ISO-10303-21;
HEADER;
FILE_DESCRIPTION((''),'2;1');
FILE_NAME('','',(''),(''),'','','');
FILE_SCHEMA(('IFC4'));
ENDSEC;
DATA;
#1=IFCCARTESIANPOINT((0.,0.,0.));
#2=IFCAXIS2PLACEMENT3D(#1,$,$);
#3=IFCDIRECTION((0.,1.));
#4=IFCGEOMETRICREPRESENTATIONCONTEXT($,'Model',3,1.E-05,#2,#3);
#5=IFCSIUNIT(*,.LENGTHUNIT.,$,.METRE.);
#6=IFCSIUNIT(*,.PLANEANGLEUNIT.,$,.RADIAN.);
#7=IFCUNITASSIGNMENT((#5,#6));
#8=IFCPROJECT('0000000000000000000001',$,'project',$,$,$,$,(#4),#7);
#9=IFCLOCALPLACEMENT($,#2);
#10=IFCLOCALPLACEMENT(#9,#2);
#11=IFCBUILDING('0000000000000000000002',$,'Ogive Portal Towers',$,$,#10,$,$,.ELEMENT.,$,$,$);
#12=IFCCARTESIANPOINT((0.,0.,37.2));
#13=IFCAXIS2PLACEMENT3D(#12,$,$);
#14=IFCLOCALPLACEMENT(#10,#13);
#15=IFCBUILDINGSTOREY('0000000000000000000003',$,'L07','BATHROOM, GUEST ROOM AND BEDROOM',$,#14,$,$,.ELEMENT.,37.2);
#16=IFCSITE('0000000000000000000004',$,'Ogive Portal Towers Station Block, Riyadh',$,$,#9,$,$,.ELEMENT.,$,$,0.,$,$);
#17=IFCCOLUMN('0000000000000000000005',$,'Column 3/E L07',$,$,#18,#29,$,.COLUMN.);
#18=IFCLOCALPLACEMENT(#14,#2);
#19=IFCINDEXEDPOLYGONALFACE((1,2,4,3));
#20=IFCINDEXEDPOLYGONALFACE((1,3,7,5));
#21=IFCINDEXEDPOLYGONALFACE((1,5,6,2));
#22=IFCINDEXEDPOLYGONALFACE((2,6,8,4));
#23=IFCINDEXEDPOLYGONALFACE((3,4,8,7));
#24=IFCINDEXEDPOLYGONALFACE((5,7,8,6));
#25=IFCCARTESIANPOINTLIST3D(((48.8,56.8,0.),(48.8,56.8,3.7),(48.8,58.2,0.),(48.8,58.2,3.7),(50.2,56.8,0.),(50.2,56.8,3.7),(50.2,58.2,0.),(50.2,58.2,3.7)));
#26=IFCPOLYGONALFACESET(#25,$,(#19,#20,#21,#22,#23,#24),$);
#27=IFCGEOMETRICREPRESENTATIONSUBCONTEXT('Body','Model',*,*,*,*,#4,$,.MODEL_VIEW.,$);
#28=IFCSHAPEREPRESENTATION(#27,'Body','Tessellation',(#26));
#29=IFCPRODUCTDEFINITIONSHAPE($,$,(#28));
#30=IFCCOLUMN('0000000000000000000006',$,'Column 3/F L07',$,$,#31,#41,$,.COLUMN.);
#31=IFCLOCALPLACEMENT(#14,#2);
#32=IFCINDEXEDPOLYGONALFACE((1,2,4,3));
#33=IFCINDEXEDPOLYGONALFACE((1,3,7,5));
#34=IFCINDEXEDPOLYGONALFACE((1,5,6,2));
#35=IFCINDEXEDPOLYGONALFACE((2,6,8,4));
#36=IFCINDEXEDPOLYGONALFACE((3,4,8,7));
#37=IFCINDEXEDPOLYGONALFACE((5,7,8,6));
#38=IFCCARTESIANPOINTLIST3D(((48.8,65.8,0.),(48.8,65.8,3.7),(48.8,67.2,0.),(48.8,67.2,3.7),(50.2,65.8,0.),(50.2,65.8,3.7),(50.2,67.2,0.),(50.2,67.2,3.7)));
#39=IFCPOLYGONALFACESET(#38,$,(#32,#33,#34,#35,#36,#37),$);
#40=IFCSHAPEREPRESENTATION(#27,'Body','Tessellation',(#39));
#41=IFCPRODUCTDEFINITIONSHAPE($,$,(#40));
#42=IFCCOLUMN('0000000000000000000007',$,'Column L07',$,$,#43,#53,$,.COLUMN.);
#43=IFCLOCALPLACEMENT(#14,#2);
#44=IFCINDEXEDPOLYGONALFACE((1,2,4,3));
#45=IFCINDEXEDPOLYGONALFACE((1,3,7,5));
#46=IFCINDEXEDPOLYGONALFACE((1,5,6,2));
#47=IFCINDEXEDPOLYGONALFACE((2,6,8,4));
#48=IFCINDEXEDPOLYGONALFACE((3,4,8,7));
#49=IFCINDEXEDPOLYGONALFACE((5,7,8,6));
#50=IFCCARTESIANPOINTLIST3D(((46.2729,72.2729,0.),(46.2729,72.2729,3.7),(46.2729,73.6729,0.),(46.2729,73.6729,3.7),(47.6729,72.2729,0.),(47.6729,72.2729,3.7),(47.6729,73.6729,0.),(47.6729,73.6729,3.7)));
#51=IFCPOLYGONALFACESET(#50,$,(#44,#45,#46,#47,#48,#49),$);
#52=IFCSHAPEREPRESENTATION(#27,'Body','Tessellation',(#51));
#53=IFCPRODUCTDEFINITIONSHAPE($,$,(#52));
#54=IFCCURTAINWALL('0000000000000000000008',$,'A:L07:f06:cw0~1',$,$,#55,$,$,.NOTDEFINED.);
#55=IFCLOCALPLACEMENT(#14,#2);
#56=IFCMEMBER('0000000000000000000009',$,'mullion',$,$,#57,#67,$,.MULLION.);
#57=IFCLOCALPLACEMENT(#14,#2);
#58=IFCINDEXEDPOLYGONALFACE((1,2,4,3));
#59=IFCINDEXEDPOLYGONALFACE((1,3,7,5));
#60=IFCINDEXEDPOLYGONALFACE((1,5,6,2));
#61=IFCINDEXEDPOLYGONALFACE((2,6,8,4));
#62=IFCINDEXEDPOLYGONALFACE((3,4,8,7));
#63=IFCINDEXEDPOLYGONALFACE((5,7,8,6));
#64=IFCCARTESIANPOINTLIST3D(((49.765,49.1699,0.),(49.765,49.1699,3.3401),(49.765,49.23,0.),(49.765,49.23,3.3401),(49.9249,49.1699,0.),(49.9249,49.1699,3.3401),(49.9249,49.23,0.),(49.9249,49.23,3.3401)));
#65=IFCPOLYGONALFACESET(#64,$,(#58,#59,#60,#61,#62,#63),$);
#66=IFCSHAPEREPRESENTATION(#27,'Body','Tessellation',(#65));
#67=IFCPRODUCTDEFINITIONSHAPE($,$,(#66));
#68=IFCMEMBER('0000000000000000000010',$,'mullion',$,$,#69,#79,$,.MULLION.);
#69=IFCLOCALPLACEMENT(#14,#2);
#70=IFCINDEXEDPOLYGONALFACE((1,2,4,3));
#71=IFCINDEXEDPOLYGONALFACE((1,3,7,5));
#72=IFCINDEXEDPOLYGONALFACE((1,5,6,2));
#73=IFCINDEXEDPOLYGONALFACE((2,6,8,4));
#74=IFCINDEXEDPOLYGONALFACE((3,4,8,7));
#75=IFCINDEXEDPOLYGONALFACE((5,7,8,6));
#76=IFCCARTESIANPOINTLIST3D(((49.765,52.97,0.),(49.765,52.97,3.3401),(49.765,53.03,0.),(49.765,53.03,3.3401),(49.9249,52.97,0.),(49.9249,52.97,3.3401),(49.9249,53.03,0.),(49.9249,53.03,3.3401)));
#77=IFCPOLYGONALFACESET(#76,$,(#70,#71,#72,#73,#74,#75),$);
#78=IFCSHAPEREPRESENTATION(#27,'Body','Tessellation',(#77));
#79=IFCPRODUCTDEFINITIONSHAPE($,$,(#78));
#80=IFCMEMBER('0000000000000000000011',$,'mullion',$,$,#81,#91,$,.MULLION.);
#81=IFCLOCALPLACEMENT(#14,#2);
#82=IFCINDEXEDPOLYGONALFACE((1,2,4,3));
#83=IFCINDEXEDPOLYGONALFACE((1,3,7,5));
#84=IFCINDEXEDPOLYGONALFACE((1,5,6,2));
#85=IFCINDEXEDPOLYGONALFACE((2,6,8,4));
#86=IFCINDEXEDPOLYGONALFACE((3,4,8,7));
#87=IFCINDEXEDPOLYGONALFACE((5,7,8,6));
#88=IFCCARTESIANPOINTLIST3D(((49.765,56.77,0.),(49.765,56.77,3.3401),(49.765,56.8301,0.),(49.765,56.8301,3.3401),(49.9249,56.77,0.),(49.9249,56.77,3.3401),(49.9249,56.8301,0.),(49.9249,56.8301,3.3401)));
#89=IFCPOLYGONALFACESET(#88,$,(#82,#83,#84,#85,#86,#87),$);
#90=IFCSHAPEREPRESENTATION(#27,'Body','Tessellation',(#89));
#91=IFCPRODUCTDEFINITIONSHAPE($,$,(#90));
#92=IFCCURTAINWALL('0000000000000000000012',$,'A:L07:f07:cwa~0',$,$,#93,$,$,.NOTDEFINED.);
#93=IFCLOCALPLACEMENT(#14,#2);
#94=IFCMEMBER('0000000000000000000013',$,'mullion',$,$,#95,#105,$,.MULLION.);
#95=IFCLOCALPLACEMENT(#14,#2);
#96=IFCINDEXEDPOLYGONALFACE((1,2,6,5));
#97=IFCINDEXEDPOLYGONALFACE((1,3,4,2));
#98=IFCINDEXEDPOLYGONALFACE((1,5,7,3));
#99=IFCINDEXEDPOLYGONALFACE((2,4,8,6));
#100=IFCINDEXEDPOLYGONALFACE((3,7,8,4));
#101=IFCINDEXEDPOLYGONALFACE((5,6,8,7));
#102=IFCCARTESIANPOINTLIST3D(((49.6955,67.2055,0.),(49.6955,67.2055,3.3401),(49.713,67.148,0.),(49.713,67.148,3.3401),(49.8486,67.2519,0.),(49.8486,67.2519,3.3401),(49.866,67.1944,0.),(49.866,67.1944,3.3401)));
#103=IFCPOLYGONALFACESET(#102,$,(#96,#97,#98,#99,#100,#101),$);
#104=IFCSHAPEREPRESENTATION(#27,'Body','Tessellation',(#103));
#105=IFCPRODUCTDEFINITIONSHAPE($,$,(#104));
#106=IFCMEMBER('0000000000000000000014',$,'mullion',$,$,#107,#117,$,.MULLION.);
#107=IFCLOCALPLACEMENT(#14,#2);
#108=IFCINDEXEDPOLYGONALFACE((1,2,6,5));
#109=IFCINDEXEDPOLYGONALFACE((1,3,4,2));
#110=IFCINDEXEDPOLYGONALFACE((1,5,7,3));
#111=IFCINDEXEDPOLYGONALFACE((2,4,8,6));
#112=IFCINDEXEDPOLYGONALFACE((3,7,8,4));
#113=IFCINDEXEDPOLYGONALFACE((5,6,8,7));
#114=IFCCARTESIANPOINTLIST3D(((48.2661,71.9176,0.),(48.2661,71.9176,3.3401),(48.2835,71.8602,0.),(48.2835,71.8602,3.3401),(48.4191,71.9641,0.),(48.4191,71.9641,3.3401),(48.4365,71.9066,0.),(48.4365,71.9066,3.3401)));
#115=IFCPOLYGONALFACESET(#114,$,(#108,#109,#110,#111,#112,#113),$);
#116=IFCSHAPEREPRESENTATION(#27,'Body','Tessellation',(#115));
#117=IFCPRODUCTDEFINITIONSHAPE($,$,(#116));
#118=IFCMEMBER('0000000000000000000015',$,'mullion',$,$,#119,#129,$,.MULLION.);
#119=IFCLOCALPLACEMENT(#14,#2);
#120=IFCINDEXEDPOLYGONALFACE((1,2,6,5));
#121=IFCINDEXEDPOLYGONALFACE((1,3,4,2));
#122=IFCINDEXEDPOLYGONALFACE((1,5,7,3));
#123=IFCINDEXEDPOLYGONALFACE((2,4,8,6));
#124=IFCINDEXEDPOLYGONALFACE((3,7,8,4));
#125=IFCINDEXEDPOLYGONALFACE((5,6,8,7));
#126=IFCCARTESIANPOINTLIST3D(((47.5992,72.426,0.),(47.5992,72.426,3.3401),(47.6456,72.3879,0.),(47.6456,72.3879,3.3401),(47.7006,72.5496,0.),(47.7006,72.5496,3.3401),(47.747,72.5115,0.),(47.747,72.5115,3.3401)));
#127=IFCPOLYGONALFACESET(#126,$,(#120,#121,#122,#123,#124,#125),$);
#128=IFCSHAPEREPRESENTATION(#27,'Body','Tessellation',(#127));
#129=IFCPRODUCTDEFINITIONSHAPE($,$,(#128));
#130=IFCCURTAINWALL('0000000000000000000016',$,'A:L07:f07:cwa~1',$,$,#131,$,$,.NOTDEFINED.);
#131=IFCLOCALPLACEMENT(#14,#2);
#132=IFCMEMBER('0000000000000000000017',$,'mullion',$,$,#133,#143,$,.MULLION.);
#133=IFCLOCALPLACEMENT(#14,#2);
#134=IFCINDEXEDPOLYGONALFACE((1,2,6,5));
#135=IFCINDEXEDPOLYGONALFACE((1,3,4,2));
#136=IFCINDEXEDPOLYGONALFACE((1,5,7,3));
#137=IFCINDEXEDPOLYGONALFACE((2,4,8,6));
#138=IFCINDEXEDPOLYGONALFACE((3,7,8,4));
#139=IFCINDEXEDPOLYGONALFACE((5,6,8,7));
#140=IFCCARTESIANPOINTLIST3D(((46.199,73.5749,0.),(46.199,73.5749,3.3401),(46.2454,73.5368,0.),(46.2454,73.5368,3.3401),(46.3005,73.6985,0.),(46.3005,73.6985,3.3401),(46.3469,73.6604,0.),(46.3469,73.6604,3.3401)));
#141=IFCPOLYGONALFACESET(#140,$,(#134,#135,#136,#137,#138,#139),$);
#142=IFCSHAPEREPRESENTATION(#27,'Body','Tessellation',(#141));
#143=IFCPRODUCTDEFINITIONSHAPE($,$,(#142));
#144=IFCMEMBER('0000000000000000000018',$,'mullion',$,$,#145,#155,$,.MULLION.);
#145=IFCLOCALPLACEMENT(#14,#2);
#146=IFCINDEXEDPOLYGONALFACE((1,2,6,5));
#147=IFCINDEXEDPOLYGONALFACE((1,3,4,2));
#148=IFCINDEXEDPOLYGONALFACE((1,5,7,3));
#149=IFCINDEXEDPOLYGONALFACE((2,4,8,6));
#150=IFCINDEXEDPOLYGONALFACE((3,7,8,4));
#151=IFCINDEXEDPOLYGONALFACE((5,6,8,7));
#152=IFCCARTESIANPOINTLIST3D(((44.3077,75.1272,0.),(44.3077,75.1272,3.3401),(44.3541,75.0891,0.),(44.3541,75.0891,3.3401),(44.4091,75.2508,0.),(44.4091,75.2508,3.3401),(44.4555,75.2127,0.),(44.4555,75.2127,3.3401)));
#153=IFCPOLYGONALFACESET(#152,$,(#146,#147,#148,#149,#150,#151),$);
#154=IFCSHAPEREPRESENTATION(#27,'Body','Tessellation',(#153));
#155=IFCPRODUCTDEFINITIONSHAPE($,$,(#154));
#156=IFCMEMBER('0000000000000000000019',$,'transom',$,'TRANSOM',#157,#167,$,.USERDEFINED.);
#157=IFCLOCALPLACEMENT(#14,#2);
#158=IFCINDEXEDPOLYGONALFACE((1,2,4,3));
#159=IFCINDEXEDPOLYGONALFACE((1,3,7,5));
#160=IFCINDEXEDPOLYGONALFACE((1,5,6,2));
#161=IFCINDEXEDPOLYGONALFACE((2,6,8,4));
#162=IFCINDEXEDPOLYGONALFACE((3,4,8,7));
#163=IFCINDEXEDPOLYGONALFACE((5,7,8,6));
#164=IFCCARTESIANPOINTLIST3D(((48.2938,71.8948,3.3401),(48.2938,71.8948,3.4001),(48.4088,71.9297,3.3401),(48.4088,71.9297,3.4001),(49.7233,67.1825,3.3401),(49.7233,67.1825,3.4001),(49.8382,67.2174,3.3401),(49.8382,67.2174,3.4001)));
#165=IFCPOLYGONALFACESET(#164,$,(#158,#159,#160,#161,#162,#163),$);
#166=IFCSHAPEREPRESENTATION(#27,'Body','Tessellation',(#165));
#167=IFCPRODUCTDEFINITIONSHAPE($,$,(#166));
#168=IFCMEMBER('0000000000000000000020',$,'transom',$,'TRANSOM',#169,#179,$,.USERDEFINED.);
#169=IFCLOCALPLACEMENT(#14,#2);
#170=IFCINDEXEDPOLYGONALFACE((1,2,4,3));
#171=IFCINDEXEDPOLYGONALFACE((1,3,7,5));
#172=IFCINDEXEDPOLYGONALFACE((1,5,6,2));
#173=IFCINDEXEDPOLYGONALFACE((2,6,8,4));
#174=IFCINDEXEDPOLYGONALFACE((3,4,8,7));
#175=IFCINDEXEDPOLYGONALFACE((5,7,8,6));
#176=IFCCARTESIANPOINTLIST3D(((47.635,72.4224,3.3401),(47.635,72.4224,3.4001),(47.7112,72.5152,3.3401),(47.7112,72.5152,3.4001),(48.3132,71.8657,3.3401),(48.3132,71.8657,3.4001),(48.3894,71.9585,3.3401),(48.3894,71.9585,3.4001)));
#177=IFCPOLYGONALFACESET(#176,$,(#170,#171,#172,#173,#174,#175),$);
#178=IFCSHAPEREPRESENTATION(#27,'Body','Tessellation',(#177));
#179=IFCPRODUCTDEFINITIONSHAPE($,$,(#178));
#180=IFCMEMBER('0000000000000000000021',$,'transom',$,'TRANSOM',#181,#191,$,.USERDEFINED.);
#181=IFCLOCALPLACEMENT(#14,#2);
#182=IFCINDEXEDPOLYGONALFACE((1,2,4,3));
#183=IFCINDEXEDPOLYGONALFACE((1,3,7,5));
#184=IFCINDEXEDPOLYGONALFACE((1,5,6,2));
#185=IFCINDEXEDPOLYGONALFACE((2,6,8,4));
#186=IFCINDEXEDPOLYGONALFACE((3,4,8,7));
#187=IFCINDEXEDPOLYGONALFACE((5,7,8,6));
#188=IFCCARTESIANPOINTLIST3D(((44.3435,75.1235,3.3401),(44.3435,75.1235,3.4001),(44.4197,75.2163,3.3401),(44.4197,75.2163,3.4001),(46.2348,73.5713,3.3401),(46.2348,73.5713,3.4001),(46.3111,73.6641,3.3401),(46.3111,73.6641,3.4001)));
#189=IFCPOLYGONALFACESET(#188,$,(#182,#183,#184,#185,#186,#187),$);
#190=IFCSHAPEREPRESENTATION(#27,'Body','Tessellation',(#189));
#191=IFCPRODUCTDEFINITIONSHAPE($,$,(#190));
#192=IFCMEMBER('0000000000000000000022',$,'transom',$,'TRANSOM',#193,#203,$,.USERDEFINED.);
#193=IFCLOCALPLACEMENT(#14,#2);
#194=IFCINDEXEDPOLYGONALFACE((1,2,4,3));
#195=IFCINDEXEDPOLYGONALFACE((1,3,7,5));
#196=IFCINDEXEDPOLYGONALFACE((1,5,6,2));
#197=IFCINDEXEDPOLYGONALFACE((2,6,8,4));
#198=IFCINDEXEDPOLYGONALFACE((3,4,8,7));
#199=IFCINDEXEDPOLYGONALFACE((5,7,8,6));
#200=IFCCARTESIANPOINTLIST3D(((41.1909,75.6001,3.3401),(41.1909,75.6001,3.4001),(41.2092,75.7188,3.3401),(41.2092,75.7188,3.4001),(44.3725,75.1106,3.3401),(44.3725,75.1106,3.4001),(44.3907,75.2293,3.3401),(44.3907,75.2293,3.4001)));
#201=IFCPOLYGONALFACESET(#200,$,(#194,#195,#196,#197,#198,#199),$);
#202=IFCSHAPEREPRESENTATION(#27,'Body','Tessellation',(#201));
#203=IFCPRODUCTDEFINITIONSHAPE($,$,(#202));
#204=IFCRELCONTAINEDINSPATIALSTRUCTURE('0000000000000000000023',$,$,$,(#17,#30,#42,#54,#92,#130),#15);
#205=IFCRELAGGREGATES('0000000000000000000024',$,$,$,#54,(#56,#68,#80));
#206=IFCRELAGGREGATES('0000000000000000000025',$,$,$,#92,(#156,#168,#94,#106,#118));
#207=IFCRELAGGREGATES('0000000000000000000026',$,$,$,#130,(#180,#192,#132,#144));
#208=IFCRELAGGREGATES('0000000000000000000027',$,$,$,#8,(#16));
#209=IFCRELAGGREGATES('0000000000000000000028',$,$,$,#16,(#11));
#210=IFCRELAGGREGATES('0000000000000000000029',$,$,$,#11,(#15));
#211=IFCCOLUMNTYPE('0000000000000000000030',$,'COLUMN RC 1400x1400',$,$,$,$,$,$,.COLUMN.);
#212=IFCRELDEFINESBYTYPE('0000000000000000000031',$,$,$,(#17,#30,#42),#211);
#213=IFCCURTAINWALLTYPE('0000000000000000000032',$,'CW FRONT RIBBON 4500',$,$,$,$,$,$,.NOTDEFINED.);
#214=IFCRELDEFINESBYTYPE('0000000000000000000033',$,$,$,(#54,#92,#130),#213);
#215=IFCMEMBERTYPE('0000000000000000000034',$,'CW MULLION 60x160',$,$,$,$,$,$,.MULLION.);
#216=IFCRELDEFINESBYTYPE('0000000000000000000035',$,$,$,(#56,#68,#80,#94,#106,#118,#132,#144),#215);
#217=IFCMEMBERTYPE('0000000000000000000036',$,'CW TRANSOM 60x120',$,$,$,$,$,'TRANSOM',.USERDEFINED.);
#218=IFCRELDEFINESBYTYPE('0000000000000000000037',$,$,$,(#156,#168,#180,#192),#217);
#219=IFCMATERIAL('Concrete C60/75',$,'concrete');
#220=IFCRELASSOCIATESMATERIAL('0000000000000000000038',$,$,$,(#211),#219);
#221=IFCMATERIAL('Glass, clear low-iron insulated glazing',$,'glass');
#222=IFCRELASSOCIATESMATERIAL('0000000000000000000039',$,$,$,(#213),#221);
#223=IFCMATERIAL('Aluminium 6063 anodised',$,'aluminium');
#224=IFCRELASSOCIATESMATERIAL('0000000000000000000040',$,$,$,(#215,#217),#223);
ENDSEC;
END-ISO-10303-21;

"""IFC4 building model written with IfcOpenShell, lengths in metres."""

from ifc_helpers import new_model, si_unit, direction, frame, origin, origin_2d, place, context, subcontext, project, spatial, rectangle, extrude, material, material_profile, profile_set, type_object, element, aggregate, save


model = new_model("IFC4")

# Units and contexts
model_context = context("Model", 3, precision=1e-05, world=origin(), true_north=direction((0.0, 1.0)))
body_context = subcontext(model_context, "Body", "Model", "MODEL_VIEW")
ifc_project = project(units=[si_unit("LENGTHUNIT", "METRE"), si_unit("PLANEANGLEUNIT", "RADIAN")], contexts=[model_context])

# Site, building, storey
site_placement = place(None, origin())
site = spatial("IfcSite", under=ifc_project, at=site_placement, Name="Ogive Portal Towers Station Block, Riyadh", CompositionType="ELEMENT", RefElevation=0.0)
building_placement = place(site_placement, origin())
building = spatial("IfcBuilding", under=site, at=building_placement, Name="Ogive Portal Towers", CompositionType="ELEMENT")
storey_placement = place(building_placement, frame((0.0, 0.0, 37.2)))
storey = spatial("IfcBuildingStorey", under=building, at=storey_placement, Name="L07", Description="BATHROOM, GUEST ROOM AND BEDROOM", CompositionType="ELEMENT", Elevation=37.2)

# Columns
ifc_material_1 = material(Name="Concrete C60/75", Category="concrete")
ifc_material_profile_1 = material_profile(ifc_material_1, rectangle(XDim=1.3999, YDim=1.3999, at=origin_2d()), Name="RC 1400x1400")
ifc_profile_set_1 = profile_set([ifc_material_profile_1], Name="Concrete C60/75")
column_type = type_object("IfcColumnType", Name="COLUMN RC 1400x1400", PredefinedType="COLUMN", material=ifc_profile_set_1)
for number, where, z_axis, x_axis, name in (
    (1, (49.5, 57.5, 0.0), (0.0, 0.0, 1.0), (1.0, 0.0, 0.0), "Column 3/E L07"),
    (2, (49.5, 66.5, 0.0), (0.0, 0.0, 1.0), (1.0, 0.0, 0.0), "Column 3/F L07"),
    (3, (46.9729, 72.9729, 0.0), (0.0, 0.0, 1.0), (1.0, 0.0, 0.0), "Column L07"),
):
    element("IfcColumn", number, at=place(storey_placement, frame(where, z_axis=z_axis, x_axis=x_axis)), inside=storey, type_object=column_type, Name=name, PredefinedType="COLUMN", context=body_context, shape_type="SweptSolid", body=[
        extrude(rectangle(XDim=1.3999, YDim=1.3999, at=origin_2d()), origin(), (0.0, 0.0, 1.0), 3.7),
    ])

# Curtain walls, members
ifc_material_2 = material(Name="Glass, clear low-iron insulated glazing", Category="glass")
curtain_wall_type = type_object("IfcCurtainWallType", Name="CW FRONT RIBBON 4500", PredefinedType="NOTDEFINED", material=ifc_material_2)
curtain_wall_1_placement = place(storey_placement, origin())
curtain_wall_1 = element("IfcCurtainWall", 4, at=curtain_wall_1_placement, inside=storey, type_object=curtain_wall_type, Name="A:L07:f06:cw0~1", PredefinedType="NOTDEFINED")
ifc_material_3 = material(Name="Aluminium 6063 anodised", Category="aluminium")
ifc_material_profile_2 = material_profile(ifc_material_3, rectangle(XDim=0.1599, YDim=0.0601, at=origin_2d()), Name="AL 60x160")
ifc_profile_set_2 = profile_set([ifc_material_profile_2], Name="Aluminium 6063 anodised")
member_type_1 = type_object("IfcMemberType", Name="CW MULLION 60x160", PredefinedType="MULLION", material=ifc_profile_set_2)
member_1_placement = place(storey_placement, frame((49.845, 49.2, 0.0), z_axis=(0.0, 0.0, 1.0), x_axis=(-1.0, 0.0, 0.0)))
member_1 = element("IfcMember", 5, at=member_1_placement, type_object=member_type_1, Name="mullion", PredefinedType="MULLION", context=body_context, shape_type="SweptSolid", body=[
    extrude(rectangle(XDim=0.1599, YDim=0.0601, at=origin_2d()), origin(), (0.0, 0.0, 1.0), 3.3401),
])
member_2_placement = place(storey_placement, frame((49.845, 53.0, 0.0), z_axis=(0.0, 0.0, 1.0), x_axis=(-1.0, 0.0, 0.0)))
member_2 = element("IfcMember", 6, at=member_2_placement, type_object=member_type_1, Name="mullion", PredefinedType="MULLION", context=body_context, shape_type="SweptSolid", body=[
    extrude(rectangle(XDim=0.1599, YDim=0.0601, at=origin_2d()), origin(), (0.0, 0.0, 1.0), 3.3401),
])
member_3_placement = place(storey_placement, frame((49.845, 56.8, 0.0), z_axis=(0.0, 0.0, 1.0), x_axis=(-1.0, 0.0, 0.0)))
member_3 = element("IfcMember", 7, at=member_3_placement, type_object=member_type_1, Name="mullion", PredefinedType="MULLION", context=body_context, shape_type="SweptSolid", body=[
    extrude(rectangle(XDim=0.1599, YDim=0.0601, at=origin_2d()), origin(), (0.0, 0.0, 1.0), 3.3401),
])
curtain_wall_2_placement = place(storey_placement, origin())
curtain_wall_2 = element("IfcCurtainWall", 8, at=curtain_wall_2_placement, inside=storey, type_object=curtain_wall_type, Name="A:L07:f07:cwa~0", PredefinedType="NOTDEFINED")
member_4_placement = place(storey_placement, frame((49.7808, 67.2, 0.0), z_axis=(0.0, 0.0, 1.0), x_axis=(-0.95694, -0.290285, 0.0)))
member_4 = element("IfcMember", 9, at=member_4_placement, type_object=member_type_1, Name="mullion", PredefinedType="MULLION", context=body_context, shape_type="SweptSolid", body=[
    extrude(rectangle(XDim=0.1599, YDim=0.0601, at=origin_2d()), origin(), (0.0, 0.0, 1.0), 3.3401),
])
member_5_placement = place(storey_placement, frame((48.3513, 71.9121, 0.0), z_axis=(0.0, 0.0, 1.0), x_axis=(-0.95694, -0.290285, 0.0)))
member_5 = element("IfcMember", 10, at=member_5_placement, type_object=member_type_1, Name="mullion", PredefinedType="MULLION", context=body_context, shape_type="SweptSolid", body=[
    extrude(rectangle(XDim=0.1599, YDim=0.0601, at=origin_2d()), origin(), (0.0, 0.0, 1.0), 3.3401),
])
member_6_placement = place(storey_placement, frame((47.6731, 72.4688, 0.0), z_axis=(0.0, 0.0, 1.0), x_axis=(-0.634393, -0.77301, 0.0)))
member_6 = element("IfcMember", 11, at=member_6_placement, type_object=member_type_1, Name="mullion", PredefinedType="MULLION", context=body_context, shape_type="SweptSolid", body=[
    extrude(rectangle(XDim=0.1599, YDim=0.0601, at=origin_2d()), origin(), (0.0, 0.0, 1.0), 3.3401),
])
curtain_wall_3_placement = place(storey_placement, origin())
curtain_wall_3 = element("IfcCurtainWall", 12, at=curtain_wall_3_placement, inside=storey, type_object=curtain_wall_type, Name="A:L07:f07:cwa~1", PredefinedType="NOTDEFINED")
member_7_placement = place(storey_placement, frame((46.2729, 73.6177, 0.0), z_axis=(0.0, 0.0, 1.0), x_axis=(-0.634393, -0.77301, 0.0)))
member_7 = element("IfcMember", 13, at=member_7_placement, type_object=member_type_1, Name="mullion", PredefinedType="MULLION", context=body_context, shape_type="SweptSolid", body=[
    extrude(rectangle(XDim=0.1599, YDim=0.0601, at=origin_2d()), origin(), (0.0, 0.0, 1.0), 3.3401),
])
member_8_placement = place(storey_placement, frame((44.3816, 75.1699, 0.0), z_axis=(0.0, 0.0, 1.0), x_axis=(-0.634393, -0.77301, 0.0)))
member_8 = element("IfcMember", 14, at=member_8_placement, type_object=member_type_1, Name="mullion", PredefinedType="MULLION", context=body_context, shape_type="SweptSolid", body=[
    extrude(rectangle(XDim=0.1599, YDim=0.0601, at=origin_2d()), origin(), (0.0, 0.0, 1.0), 3.3401),
])

# Members
ifc_material_profile_3 = material_profile(ifc_material_3, rectangle(XDim=0.1201, YDim=0.0601, at=origin_2d()), Name="AL 120x60")
ifc_profile_set_3 = profile_set([ifc_material_profile_3], Name="Aluminium 6063 anodised")
member_type_2 = type_object("IfcMemberType", Name="CW TRANSOM 60x120", ElementType="TRANSOM", PredefinedType="USERDEFINED", material=ifc_profile_set_3)
member_9_placement = place(storey_placement, frame((49.7808, 67.2, 3.3701), z_axis=(-0.290289, 0.956939, 0.0), x_axis=(-0.956939, -0.290289, 0.0)))
member_9 = element("IfcMember", 15, at=member_9_placement, type_object=member_type_2, Name="transom", ObjectType="TRANSOM", PredefinedType="USERDEFINED", context=body_context, shape_type="SweptSolid", body=[
    extrude(rectangle(XDim=0.1201, YDim=0.0601, at=origin_2d()), origin(), (0.0, 0.0, 1.0), 4.9243),
])
member_10_placement = place(storey_placement, frame((48.3513, 71.9121, 3.3701), z_axis=(-0.772989, 0.634419, 0.0), x_axis=(-0.634419, -0.772989, 0.0)))
member_10 = element("IfcMember", 16, at=member_10_placement, type_object=member_type_2, Name="transom", ObjectType="TRANSOM", PredefinedType="USERDEFINED", context=body_context, shape_type="SweptSolid", body=[
    extrude(rectangle(XDim=0.1201, YDim=0.0601, at=origin_2d()), origin(), (0.0, 0.0, 1.0), 0.8774),
])
member_11_placement = place(storey_placement, frame((46.2729, 73.6177, 3.3701), z_axis=(-0.773001, 0.634405, 0.0), x_axis=(-0.634405, -0.773001, 0.0)))
member_11 = element("IfcMember", 17, at=member_11_placement, type_object=member_type_2, Name="transom", ObjectType="TRANSOM", PredefinedType="USERDEFINED", context=body_context, shape_type="SweptSolid", body=[
    extrude(rectangle(XDim=0.1201, YDim=0.0601, at=origin_2d()), origin(), (0.0, 0.0, 1.0), 2.4468),
])
member_12_placement = place(storey_placement, frame((44.3816, 75.1699, 3.3701), z_axis=(-0.988371, 0.152063, 0.0), x_axis=(-0.152063, -0.988371, 0.0)))
member_12 = element("IfcMember", 18, at=member_12_placement, type_object=member_type_2, Name="transom", ObjectType="TRANSOM", PredefinedType="USERDEFINED", context=body_context, shape_type="SweptSolid", body=[
    extrude(rectangle(XDim=0.1201, YDim=0.0601, at=origin_2d()), origin(), (0.0, 0.0, 1.0), 3.219),
])

aggregate(curtain_wall_1, [member_1, member_2, member_3])
aggregate(curtain_wall_2, [member_9, member_10, member_4, member_5, member_6])
aggregate(curtain_wall_3, [member_11, member_12, member_7, member_8])

save(model, "model.ifc")
